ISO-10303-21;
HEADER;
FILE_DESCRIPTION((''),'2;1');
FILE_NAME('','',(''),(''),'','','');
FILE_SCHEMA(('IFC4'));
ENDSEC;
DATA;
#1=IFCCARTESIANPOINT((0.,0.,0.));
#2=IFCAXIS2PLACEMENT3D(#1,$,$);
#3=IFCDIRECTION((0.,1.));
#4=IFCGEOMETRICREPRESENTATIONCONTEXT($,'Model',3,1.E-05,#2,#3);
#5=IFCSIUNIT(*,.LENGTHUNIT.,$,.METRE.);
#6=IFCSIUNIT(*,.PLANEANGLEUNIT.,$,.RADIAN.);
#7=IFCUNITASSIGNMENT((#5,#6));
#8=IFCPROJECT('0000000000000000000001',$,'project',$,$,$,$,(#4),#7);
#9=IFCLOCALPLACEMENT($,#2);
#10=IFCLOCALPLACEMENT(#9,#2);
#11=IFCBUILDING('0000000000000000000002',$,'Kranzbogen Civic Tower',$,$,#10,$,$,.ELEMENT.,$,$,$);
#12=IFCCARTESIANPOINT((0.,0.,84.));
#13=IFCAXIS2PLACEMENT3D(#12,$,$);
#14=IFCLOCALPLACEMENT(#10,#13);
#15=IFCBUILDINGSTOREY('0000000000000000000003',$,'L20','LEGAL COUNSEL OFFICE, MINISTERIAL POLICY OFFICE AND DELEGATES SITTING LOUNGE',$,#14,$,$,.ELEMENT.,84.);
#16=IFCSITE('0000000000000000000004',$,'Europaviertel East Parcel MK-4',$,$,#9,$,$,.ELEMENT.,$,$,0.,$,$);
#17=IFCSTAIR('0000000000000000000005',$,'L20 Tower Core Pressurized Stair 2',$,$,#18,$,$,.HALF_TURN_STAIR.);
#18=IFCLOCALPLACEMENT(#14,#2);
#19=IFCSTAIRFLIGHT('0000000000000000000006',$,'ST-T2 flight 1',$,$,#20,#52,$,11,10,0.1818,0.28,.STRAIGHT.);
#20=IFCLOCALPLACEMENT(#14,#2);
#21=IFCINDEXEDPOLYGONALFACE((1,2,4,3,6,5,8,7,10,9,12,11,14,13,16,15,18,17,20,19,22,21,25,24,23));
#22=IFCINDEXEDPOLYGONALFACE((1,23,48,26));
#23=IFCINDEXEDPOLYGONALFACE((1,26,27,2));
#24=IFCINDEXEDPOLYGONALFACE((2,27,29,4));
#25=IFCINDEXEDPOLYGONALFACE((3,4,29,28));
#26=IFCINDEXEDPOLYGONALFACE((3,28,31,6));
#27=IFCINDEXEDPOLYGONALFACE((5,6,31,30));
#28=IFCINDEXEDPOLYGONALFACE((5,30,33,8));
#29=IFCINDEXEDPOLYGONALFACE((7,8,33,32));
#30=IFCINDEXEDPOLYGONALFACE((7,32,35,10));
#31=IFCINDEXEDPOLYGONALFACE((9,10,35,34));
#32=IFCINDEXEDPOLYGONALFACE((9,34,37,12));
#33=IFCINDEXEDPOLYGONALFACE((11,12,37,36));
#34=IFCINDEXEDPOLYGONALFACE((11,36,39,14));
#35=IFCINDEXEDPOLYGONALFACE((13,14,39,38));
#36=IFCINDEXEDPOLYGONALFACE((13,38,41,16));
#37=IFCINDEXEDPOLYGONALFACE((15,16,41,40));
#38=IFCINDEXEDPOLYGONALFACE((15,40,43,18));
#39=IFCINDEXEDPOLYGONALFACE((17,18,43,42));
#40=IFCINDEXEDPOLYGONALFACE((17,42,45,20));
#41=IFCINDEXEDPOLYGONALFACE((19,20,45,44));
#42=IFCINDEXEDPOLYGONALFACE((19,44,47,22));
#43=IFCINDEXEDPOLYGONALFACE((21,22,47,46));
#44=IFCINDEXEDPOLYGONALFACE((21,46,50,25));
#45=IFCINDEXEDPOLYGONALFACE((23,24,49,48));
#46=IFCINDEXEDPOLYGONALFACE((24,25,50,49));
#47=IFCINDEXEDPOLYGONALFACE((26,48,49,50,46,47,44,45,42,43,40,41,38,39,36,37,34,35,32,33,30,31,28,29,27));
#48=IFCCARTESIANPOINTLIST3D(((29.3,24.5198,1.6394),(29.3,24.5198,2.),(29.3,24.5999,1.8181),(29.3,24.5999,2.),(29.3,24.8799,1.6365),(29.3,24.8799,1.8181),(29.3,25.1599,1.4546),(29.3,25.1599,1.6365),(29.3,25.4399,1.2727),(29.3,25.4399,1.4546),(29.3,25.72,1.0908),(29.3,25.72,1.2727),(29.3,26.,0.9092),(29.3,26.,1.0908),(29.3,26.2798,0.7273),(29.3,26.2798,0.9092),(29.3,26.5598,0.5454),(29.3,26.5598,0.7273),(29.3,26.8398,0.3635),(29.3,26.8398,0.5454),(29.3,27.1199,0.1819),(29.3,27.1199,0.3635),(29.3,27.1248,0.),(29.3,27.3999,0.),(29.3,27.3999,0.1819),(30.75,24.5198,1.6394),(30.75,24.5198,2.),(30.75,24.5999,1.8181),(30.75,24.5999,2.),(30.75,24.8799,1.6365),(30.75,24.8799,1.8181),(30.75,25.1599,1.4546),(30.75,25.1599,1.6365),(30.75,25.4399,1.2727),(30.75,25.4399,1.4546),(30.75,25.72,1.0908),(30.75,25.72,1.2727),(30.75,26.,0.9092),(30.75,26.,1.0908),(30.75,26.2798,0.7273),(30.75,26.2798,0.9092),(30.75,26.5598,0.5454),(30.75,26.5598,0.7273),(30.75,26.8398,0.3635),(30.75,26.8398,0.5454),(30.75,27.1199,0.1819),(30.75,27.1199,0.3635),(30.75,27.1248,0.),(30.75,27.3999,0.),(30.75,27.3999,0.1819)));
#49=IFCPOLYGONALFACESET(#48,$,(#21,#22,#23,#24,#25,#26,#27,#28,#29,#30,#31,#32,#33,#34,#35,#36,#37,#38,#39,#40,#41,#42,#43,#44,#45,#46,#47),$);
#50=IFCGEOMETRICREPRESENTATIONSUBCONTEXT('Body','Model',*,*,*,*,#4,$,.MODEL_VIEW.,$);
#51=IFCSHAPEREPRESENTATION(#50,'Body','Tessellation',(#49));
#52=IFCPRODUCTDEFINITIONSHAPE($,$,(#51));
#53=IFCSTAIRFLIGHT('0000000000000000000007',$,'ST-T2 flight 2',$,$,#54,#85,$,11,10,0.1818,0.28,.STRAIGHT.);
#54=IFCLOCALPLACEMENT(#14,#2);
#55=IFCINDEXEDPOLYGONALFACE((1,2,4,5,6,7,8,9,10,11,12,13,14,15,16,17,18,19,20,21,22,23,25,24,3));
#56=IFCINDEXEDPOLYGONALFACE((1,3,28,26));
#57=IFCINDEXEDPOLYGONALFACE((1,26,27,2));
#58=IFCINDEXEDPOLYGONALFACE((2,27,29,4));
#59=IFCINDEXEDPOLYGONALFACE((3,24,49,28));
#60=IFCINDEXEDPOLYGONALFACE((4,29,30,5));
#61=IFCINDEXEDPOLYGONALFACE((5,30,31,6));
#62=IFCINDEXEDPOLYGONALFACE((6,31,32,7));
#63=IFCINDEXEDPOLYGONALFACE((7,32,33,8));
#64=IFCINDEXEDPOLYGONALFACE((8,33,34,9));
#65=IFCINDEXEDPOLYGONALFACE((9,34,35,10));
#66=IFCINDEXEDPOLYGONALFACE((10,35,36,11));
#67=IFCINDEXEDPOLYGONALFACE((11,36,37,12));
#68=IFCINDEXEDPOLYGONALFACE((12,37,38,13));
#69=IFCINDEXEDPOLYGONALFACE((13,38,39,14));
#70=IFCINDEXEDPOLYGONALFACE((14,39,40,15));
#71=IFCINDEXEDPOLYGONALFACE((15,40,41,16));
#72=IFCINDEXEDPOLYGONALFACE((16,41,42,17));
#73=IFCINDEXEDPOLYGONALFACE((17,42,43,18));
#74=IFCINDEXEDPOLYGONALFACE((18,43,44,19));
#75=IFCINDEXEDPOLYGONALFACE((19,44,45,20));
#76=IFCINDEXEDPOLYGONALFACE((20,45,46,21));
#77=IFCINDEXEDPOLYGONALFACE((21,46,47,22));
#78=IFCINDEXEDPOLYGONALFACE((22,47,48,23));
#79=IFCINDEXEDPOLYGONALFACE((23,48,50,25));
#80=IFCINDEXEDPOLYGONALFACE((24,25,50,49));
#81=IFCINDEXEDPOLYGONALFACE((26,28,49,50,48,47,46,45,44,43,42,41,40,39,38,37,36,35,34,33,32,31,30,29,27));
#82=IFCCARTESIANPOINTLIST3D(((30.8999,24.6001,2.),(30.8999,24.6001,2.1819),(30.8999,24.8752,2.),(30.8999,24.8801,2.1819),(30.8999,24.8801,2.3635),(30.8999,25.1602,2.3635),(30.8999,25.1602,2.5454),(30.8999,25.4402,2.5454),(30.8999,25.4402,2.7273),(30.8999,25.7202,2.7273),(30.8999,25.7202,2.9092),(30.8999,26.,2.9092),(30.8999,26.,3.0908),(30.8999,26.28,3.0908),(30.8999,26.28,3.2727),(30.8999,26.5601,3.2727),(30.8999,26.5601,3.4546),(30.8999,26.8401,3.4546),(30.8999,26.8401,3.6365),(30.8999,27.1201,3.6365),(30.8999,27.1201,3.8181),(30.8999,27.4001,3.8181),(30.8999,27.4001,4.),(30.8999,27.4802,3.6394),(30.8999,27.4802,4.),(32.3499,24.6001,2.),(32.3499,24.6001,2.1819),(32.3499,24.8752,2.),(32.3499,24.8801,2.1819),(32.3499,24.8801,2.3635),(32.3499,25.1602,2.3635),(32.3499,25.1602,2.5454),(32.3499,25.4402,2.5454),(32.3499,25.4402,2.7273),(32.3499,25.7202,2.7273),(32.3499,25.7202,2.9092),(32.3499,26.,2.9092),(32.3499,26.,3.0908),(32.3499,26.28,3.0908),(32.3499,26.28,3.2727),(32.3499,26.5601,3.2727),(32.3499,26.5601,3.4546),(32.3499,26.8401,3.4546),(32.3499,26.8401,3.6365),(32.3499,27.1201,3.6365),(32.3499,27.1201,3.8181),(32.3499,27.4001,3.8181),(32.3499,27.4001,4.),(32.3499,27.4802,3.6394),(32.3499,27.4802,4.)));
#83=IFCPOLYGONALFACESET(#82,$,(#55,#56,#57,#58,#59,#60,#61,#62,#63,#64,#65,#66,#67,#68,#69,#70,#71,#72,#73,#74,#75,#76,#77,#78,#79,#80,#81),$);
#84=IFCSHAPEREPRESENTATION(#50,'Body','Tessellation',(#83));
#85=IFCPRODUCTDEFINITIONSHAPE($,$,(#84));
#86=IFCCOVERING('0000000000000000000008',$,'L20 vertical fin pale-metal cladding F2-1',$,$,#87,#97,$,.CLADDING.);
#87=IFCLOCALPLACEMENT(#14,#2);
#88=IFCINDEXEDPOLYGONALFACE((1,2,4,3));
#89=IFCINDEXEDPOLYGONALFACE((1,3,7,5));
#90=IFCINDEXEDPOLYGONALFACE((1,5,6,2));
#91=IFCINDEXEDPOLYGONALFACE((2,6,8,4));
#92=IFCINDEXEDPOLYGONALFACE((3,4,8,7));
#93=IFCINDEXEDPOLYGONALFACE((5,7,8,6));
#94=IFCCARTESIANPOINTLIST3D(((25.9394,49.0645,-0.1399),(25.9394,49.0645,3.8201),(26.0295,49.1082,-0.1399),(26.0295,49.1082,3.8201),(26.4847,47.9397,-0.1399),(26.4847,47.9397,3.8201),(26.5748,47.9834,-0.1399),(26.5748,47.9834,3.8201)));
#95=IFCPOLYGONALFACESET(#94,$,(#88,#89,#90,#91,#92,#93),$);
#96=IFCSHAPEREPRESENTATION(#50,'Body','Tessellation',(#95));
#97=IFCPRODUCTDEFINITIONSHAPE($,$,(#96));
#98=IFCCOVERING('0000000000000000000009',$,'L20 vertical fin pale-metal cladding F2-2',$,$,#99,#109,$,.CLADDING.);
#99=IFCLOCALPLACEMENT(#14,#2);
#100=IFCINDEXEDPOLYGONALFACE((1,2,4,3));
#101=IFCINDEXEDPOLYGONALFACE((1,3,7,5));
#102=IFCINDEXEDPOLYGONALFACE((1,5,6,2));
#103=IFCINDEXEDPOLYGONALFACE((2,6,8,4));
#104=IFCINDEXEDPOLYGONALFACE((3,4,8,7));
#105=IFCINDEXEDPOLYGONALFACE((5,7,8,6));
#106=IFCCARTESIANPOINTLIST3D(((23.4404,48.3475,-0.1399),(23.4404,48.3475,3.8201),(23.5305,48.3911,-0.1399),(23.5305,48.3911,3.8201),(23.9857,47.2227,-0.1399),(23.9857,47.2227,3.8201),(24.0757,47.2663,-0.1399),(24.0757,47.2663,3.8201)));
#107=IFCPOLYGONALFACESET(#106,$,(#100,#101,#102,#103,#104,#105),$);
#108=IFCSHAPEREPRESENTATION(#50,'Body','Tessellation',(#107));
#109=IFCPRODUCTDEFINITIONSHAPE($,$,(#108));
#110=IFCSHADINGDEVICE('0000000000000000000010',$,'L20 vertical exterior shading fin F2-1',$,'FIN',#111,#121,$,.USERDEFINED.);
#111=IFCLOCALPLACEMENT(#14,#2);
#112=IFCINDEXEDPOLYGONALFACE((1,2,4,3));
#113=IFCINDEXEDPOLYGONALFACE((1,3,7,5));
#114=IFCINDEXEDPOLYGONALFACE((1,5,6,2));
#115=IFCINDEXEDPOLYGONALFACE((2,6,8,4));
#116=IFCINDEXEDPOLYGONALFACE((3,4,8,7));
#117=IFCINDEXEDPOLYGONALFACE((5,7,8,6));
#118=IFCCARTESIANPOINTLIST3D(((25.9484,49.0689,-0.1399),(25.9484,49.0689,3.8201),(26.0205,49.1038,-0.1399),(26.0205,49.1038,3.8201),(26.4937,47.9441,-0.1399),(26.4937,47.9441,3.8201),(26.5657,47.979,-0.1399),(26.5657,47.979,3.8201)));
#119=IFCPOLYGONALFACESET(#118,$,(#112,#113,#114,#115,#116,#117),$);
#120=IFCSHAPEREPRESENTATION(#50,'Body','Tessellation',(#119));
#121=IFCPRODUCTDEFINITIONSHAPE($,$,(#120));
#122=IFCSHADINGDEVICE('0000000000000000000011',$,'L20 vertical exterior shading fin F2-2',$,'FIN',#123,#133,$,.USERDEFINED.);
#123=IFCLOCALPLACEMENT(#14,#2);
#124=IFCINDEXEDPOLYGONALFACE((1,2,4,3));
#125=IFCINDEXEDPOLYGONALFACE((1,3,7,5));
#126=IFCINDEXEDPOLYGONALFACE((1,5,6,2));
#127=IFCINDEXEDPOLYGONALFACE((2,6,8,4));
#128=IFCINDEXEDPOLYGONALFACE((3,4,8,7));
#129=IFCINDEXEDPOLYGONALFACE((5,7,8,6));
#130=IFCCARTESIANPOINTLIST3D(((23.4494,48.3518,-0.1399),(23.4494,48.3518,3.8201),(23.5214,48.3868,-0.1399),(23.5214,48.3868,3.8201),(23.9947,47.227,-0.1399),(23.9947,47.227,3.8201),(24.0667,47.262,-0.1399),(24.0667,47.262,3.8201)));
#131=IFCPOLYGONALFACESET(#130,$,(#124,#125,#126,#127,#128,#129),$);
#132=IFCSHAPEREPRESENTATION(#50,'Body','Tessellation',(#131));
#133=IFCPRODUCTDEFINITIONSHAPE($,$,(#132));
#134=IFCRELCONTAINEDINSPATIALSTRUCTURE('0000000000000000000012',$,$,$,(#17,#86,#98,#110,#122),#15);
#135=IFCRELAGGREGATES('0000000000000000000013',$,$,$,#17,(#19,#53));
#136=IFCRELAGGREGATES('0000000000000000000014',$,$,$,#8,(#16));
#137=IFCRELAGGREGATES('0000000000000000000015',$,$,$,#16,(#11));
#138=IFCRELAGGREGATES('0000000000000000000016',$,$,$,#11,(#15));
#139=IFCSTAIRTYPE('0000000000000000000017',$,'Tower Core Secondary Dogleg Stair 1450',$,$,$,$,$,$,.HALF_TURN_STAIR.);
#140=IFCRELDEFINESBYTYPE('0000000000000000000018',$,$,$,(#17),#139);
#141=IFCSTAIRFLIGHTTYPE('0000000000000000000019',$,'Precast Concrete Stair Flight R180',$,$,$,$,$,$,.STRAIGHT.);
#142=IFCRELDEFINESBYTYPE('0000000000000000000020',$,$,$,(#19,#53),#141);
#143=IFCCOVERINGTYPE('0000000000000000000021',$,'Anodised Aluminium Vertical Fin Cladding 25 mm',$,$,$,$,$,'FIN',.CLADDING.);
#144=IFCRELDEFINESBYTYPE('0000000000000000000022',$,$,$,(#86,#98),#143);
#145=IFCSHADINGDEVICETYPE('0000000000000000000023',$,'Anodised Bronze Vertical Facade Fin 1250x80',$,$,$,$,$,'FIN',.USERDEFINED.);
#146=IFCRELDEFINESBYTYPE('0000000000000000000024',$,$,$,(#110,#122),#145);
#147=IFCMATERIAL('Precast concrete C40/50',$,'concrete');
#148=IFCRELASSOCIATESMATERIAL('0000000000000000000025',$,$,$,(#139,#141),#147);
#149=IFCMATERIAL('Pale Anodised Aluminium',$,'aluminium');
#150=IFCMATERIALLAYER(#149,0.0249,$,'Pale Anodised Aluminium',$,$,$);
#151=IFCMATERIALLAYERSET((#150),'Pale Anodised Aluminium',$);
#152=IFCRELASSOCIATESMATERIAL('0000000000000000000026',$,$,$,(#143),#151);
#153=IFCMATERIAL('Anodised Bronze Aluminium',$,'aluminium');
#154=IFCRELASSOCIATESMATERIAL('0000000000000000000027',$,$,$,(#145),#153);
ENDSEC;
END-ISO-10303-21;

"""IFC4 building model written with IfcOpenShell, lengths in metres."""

from ifc_helpers import new_model, si_unit, direction, frame, origin, origin_2d, place, context, subcontext, project, spatial, polyline, rectangle, outline, extrude, material, layer, layer_set, type_object, element, aggregate, save


model = new_model("IFC4")

# Units and contexts
model_context = context("Model", 3, precision=1e-05, world=origin(), true_north=direction((0.0, 1.0)))
body_context = subcontext(model_context, "Body", "Model", "MODEL_VIEW")
ifc_project = project(units=[si_unit("LENGTHUNIT", "METRE"), si_unit("PLANEANGLEUNIT", "RADIAN")], contexts=[model_context])

# Site, building, storey
site_placement = place(None, origin())
site = spatial("IfcSite", under=ifc_project, at=site_placement, Name="Europaviertel East Parcel MK-4", CompositionType="ELEMENT", RefElevation=0.0)
building_placement = place(site_placement, origin())
building = spatial("IfcBuilding", under=site, at=building_placement, Name="Kranzbogen Civic Tower", CompositionType="ELEMENT")
storey_placement = place(building_placement, frame((0.0, 0.0, 84.0)))
storey = spatial("IfcBuildingStorey", under=building, at=storey_placement, Name="L20", Description="LEGAL COUNSEL OFFICE, MINISTERIAL POLICY OFFICE AND DELEGATES SITTING LOUNGE", CompositionType="ELEMENT", Elevation=84.0)

# Shared definitions
ifc_material_1 = material(Name="Pale Anodised Aluminium", Category="aluminium")

# Stair, stair flights
ifc_material_2 = material(Name="Precast concrete C40/50", Category="concrete")
stair_type = type_object("IfcStairType", Name="Tower Core Secondary Dogleg Stair 1450", PredefinedType="HALF_TURN_STAIR", material=ifc_material_2)
stair_placement = place(storey_placement, origin())
stair = element("IfcStair", 1, at=stair_placement, inside=storey, type_object=stair_type, Name="L20 Tower Core Pressurized Stair 2", PredefinedType="HALF_TURN_STAIR")
stair_flight_type = type_object("IfcStairFlightType", Name="Precast Concrete Stair Flight R180", PredefinedType="STRAIGHT", material=ifc_material_2)
stair_flight_1_placement = place(storey_placement, frame((30.0249, 27.3999, 0.0), z_axis=(0.0, 0.0, 1.0), x_axis=(0.0, -1.0, 0.0)))
stair_flight_1 = element("IfcStairFlight", 2, at=stair_flight_1_placement, type_object=stair_flight_type, Name="ST-T2 flight 1", NumberOfRisers=11, NumberOfTreads=10, PredefinedType="STRAIGHT", RiserHeight=0.1818, TreadLength=0.28, context=body_context, shape_type="SweptSolid", body=[
    extrude(outline(polyline([(0.0, 0.0), (0.0, 0.1819), (0.28, 0.1819), (0.28, 0.3635), (0.5601, 0.3635), (0.5601, 0.5454), (0.8401, 0.5454), (0.8401, 0.7273), (1.1201, 0.7273), (1.1201, 0.9092), (1.3999, 0.9092), (1.3999, 1.0908), (1.6799, 1.0908), (1.6799, 1.2727), (1.96, 1.2727), (1.96, 1.4546), (2.24, 1.4546), (2.24, 1.6365), (2.52, 1.6365), (2.52, 1.8181), (2.8, 1.8181), (2.8, 2.0), (2.8801, 2.0), (2.8801, 1.6394), (0.2751, 0.0), (0.0, 0.0)])), frame((0.0, 0.7251, 0.0), z_axis=(0.0, -1.0, 0.0), x_axis=(1.0, 0.0, 0.0)), (0.0, 0.0, 1.0), 1.45),
])
stair_flight_2_placement = place(storey_placement, frame((31.625, 24.6001, 2.0), z_axis=(0.0, 0.0, 1.0), x_axis=(0.0, 1.0, 0.0)))
stair_flight_2 = element("IfcStairFlight", 3, at=stair_flight_2_placement, type_object=stair_flight_type, Name="ST-T2 flight 2", NumberOfRisers=11, NumberOfTreads=10, PredefinedType="STRAIGHT", RiserHeight=0.1818, TreadLength=0.28, context=body_context, shape_type="SweptSolid", body=[
    extrude(outline(polyline([(0.0, 0.0), (0.0, 0.1819), (0.28, 0.1819), (0.28, 0.3635), (0.5601, 0.3635), (0.5601, 0.5454), (0.8401, 0.5454), (0.8401, 0.7273), (1.1201, 0.7273), (1.1201, 0.9092), (1.3999, 0.9092), (1.3999, 1.0908), (1.6799, 1.0908), (1.6799, 1.2727), (1.96, 1.2727), (1.96, 1.4546), (2.24, 1.4546), (2.24, 1.6365), (2.52, 1.6365), (2.52, 1.8181), (2.8, 1.8181), (2.8, 2.0), (2.8801, 2.0), (2.8801, 1.6394), (0.2751, 0.0), (0.0, 0.0)])), frame((0.0, 0.7251, 0.0), z_axis=(0.0, -1.0, 0.0), x_axis=(1.0, 0.0, 0.0)), (0.0, 0.0, 1.0), 1.45),
])
aggregate(stair, [stair_flight_1, stair_flight_2])

# Coverings
ifc_layer_1 = layer(ifc_material_1, 0.0249, Name="Pale Anodised Aluminium")
ifc_layer_set_1 = layer_set([ifc_layer_1], Name="Pale Anodised Aluminium")
covering_type = type_object("IfcCoveringType", Name="Anodised Aluminium Vertical Fin Cladding 25 mm", ElementType="FIN", PredefinedType="CLADDING", material=ifc_layer_set_1)
for number, where, z_axis, x_axis, name in (
    (4, (26.2571, 48.5239, -0.1399), (0.0, 0.0, 1.0), (-0.436221, 0.89984, 0.0), "L20 vertical fin pale-metal cladding F2-1"),
    (5, (23.7581, 47.8069, -0.1399), (0.0, 0.0, 1.0), (-0.436221, 0.89984, 0.0), "L20 vertical fin pale-metal cladding F2-2"),
):
    element("IfcCovering", number, at=place(storey_placement, frame(where, z_axis=z_axis, x_axis=x_axis)), inside=storey, type_object=covering_type, Name=name, PredefinedType="CLADDING", context=body_context, shape_type="SweptSolid", body=[
        extrude(rectangle(XDim=1.25, YDim=0.1001, at=origin_2d()), origin(), (0.0, 0.0, 1.0), 3.96),
    ])

# Shading devices
ifc_material_3 = material(Name="Anodised Bronze Aluminium", Category="aluminium")
shading_device_type = type_object("IfcShadingDeviceType", Name="Anodised Bronze Vertical Facade Fin 1250x80", ElementType="FIN", PredefinedType="USERDEFINED", material=ifc_material_3)
for number, where, z_axis, x_axis, name in (
    (6, (26.2571, 48.5239, -0.1399), (0.0, 0.0, 1.0), (-0.436221, 0.89984, 0.0), "L20 vertical exterior shading fin F2-1"),
    (7, (23.7581, 47.8069, -0.1399), (0.0, 0.0, 1.0), (-0.436221, 0.89984, 0.0), "L20 vertical exterior shading fin F2-2"),
):
    element("IfcShadingDevice", number, at=place(storey_placement, frame(where, z_axis=z_axis, x_axis=x_axis)), inside=storey, type_object=shading_device_type, Name=name, ObjectType="FIN", PredefinedType="USERDEFINED", context=body_context, shape_type="SweptSolid", body=[
        extrude(rectangle(XDim=1.25, YDim=0.0801, at=origin_2d()), origin(), (0.0, 0.0, 1.0), 3.96),
    ])

save(model, "model.ifc")
